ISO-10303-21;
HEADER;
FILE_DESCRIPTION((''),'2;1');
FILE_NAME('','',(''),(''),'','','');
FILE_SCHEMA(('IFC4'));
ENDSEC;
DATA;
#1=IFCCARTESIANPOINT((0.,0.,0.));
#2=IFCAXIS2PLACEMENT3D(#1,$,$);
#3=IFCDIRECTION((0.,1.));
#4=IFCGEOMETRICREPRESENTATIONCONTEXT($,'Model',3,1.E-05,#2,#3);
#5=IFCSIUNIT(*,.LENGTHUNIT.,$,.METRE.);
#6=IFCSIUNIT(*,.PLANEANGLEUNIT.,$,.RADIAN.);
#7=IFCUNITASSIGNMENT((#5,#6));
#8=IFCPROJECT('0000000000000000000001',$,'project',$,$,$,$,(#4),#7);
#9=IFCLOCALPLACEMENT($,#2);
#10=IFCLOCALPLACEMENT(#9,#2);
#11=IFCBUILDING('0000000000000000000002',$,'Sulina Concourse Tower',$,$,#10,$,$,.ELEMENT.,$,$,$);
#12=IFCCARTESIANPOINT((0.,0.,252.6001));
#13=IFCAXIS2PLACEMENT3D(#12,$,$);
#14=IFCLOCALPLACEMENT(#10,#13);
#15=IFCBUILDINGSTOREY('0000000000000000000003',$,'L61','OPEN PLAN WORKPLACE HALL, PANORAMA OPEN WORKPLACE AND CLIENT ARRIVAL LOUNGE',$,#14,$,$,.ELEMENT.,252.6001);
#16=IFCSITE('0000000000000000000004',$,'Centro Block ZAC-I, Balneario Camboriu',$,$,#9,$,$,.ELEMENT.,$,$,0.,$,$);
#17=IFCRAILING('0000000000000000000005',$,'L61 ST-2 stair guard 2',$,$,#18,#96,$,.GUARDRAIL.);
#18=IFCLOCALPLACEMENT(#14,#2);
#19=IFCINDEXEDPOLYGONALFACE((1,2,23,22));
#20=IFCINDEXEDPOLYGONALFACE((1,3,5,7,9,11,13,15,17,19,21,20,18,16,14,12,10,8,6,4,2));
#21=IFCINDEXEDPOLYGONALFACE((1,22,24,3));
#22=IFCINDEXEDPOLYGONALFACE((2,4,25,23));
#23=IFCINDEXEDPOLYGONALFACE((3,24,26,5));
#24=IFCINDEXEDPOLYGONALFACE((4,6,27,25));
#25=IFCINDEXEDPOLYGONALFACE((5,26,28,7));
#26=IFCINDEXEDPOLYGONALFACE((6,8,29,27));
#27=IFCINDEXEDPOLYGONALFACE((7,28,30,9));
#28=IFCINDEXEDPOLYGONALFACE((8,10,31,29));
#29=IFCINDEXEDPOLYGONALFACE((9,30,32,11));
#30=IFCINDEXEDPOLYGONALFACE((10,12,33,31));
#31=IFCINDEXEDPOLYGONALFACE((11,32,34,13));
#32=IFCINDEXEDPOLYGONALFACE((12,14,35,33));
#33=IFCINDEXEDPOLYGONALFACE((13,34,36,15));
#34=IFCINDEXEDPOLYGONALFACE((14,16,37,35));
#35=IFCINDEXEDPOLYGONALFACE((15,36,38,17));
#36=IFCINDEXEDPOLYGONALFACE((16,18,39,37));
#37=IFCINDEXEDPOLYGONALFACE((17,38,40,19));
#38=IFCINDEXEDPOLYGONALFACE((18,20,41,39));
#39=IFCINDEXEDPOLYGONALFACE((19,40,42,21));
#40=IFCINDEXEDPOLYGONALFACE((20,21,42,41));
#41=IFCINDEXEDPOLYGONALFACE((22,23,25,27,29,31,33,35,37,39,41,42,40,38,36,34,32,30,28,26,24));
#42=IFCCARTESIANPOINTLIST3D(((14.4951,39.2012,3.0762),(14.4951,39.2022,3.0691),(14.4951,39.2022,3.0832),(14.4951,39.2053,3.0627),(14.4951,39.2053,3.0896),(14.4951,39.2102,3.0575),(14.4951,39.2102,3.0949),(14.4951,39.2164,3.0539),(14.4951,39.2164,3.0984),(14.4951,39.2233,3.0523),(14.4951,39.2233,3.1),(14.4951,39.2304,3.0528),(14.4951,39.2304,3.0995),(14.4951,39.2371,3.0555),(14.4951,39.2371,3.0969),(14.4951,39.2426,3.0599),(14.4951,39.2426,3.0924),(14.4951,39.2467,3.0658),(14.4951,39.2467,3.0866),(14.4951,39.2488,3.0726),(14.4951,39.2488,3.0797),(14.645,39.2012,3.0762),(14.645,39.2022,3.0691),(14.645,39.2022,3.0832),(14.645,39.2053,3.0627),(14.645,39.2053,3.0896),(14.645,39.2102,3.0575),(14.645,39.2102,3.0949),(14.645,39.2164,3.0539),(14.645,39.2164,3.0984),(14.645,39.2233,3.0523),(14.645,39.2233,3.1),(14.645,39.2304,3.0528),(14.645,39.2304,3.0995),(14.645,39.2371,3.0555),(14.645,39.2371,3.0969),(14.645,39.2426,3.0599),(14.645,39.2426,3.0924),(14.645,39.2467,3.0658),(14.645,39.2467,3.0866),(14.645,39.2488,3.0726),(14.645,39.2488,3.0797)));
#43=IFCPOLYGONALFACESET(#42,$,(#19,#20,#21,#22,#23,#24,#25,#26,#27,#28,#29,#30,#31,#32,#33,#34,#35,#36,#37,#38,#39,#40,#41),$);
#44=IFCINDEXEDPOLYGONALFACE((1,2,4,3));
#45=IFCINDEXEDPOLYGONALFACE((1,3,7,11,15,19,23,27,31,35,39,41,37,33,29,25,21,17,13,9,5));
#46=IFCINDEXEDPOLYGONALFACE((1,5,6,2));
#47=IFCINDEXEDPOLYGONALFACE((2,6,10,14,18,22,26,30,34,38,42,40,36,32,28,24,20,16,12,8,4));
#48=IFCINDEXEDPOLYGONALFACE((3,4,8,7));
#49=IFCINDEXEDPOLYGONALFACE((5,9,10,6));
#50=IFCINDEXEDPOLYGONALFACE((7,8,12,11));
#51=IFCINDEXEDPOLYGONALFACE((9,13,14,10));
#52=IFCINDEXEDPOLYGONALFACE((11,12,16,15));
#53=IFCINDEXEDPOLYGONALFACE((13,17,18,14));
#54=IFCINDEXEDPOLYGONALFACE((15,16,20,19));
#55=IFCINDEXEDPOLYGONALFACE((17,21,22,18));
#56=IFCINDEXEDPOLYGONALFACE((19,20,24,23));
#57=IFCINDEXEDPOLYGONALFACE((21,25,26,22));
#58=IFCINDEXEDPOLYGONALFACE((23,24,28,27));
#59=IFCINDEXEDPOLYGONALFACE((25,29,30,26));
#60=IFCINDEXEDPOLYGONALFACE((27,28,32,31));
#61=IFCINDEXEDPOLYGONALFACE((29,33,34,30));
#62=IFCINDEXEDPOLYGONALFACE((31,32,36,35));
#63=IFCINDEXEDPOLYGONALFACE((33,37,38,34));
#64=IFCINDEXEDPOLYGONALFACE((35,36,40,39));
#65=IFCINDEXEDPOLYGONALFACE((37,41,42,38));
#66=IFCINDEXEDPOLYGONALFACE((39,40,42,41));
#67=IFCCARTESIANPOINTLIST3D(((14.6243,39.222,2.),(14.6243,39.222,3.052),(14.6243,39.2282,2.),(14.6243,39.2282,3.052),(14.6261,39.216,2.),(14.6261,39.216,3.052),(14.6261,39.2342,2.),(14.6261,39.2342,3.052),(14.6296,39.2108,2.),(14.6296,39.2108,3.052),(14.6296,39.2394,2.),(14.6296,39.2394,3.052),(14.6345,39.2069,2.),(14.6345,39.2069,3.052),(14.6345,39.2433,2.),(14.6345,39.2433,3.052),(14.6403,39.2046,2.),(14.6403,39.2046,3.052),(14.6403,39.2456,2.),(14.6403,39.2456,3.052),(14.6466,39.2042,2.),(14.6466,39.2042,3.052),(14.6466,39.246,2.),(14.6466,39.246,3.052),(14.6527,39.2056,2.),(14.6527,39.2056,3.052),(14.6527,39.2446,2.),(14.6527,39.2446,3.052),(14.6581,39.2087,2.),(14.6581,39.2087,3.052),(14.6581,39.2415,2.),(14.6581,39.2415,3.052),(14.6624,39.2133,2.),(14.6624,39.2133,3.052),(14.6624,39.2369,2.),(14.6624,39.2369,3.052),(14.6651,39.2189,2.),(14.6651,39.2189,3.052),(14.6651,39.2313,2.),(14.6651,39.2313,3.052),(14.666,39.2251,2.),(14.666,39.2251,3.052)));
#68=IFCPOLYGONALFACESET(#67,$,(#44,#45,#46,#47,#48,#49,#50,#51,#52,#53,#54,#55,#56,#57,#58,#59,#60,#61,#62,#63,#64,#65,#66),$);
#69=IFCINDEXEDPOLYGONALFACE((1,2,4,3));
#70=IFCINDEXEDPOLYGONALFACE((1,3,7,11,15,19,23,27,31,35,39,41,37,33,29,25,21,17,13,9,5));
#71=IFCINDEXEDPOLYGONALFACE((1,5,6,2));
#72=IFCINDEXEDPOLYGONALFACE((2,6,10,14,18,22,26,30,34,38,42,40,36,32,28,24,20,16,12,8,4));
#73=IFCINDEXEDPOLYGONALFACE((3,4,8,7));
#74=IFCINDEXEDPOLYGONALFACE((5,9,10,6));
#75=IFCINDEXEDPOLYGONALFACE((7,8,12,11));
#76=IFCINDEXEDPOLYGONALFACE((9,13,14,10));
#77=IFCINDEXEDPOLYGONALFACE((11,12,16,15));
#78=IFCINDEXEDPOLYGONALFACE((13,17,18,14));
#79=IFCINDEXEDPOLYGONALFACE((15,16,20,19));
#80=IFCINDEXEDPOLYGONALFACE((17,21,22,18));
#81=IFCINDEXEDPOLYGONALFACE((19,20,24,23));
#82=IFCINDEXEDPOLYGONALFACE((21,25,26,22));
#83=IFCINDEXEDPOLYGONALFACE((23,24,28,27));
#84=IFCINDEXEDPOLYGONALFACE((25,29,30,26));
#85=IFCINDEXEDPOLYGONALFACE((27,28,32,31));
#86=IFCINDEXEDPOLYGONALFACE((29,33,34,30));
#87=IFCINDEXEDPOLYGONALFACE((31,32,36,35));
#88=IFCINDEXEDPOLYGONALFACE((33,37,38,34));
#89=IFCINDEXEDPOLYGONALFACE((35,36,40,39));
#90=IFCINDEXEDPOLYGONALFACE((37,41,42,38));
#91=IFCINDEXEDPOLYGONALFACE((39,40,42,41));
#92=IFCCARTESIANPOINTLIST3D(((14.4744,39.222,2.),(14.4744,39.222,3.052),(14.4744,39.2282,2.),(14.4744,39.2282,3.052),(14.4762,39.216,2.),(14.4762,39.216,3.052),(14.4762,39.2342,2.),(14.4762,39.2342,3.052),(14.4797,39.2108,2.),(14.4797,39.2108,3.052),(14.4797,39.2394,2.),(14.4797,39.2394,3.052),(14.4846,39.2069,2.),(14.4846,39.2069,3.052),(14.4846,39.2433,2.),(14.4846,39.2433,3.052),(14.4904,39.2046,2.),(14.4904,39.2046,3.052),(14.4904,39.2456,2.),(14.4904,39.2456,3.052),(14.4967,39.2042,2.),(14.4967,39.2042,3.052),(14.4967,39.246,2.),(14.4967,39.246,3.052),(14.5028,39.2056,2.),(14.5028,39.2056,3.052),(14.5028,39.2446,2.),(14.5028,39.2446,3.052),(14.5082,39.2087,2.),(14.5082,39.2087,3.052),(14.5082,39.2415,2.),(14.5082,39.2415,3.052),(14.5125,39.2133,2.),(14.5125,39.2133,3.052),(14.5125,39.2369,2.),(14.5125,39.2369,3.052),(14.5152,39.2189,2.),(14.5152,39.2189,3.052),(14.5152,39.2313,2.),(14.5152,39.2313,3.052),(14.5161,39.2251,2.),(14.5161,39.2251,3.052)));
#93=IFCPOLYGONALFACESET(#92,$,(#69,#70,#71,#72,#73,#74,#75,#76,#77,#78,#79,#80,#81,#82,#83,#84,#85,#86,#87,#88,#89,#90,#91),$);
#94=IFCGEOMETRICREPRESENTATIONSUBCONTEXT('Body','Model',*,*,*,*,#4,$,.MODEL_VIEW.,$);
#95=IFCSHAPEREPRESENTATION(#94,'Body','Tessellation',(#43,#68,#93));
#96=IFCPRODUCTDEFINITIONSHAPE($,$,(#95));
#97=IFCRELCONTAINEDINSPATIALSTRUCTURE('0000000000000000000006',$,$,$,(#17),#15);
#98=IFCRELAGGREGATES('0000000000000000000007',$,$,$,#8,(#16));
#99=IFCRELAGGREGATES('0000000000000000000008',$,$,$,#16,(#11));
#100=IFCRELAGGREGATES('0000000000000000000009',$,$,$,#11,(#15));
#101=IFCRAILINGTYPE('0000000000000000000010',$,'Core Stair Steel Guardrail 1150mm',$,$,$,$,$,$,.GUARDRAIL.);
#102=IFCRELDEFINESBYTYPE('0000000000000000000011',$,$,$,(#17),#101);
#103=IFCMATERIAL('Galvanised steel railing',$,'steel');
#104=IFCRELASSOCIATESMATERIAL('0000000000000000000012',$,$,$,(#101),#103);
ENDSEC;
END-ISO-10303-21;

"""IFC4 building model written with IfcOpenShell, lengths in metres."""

from ifc_helpers import new_model, si_unit, direction, frame, origin, origin_2d, place, context, subcontext, project, spatial, circle, extrude, material, type_object, element, save


model = new_model("IFC4")

# Units and contexts
model_context = context("Model", 3, precision=1e-05, world=origin(), true_north=direction((0.0, 1.0)))
body_context = subcontext(model_context, "Body", "Model", "MODEL_VIEW")
ifc_project = project(units=[si_unit("LENGTHUNIT", "METRE"), si_unit("PLANEANGLEUNIT", "RADIAN")], contexts=[model_context])

# Site, building, storey
site_placement = place(None, origin())
site = spatial("IfcSite", under=ifc_project, at=site_placement, Name="Centro Block ZAC-I, Balneario Camboriu", CompositionType="ELEMENT", RefElevation=0.0)
building_placement = place(site_placement, origin())
building = spatial("IfcBuilding", under=site, at=building_placement, Name="Sulina Concourse Tower", CompositionType="ELEMENT")
storey_placement = place(building_placement, frame((0.0, 0.0, 252.6001)))
storey = spatial("IfcBuildingStorey", under=building, at=storey_placement, Name="L61", Description="OPEN PLAN WORKPLACE HALL, PANORAMA OPEN WORKPLACE AND CLIENT ARRIVAL LOUNGE", CompositionType="ELEMENT", Elevation=252.6001)

# Railing
ifc_material_1 = material(Name="Galvanised steel railing", Category="steel")
railing_type_1 = type_object("IfcRailingType", Name="Core Stair Steel Guardrail 1150mm", PredefinedType="GUARDRAIL", material=ifc_material_1)
railing_1_placement = place(storey_placement, frame((14.645, 39.2251, 2.0)))
element("IfcRailing", 1, at=railing_1_placement, inside=storey, type_object=railing_type_1, Name="L61 ST-2 stair guard 2", PredefinedType="GUARDRAIL", context=body_context, shape_type="SweptSolid", body=[
    extrude(circle(Radius=0.0239, at=origin_2d()), frame((0.0, 0.0, 1.0762), z_axis=(-1.0, 0.0, 0.0), x_axis=(0.0, -1.0, 0.0)), (0.0, 0.0, 1.0), 0.1499),
    extrude(circle(Radius=0.021, at=origin_2d()), origin(), (0.0, 0.0, 1.0), 1.052),
    extrude(circle(Radius=0.021, at=origin_2d()), frame((-0.1499, 0.0, 0.0)), (0.0, 0.0, 1.0), 1.052),
])

save(model, "model.ifc")
